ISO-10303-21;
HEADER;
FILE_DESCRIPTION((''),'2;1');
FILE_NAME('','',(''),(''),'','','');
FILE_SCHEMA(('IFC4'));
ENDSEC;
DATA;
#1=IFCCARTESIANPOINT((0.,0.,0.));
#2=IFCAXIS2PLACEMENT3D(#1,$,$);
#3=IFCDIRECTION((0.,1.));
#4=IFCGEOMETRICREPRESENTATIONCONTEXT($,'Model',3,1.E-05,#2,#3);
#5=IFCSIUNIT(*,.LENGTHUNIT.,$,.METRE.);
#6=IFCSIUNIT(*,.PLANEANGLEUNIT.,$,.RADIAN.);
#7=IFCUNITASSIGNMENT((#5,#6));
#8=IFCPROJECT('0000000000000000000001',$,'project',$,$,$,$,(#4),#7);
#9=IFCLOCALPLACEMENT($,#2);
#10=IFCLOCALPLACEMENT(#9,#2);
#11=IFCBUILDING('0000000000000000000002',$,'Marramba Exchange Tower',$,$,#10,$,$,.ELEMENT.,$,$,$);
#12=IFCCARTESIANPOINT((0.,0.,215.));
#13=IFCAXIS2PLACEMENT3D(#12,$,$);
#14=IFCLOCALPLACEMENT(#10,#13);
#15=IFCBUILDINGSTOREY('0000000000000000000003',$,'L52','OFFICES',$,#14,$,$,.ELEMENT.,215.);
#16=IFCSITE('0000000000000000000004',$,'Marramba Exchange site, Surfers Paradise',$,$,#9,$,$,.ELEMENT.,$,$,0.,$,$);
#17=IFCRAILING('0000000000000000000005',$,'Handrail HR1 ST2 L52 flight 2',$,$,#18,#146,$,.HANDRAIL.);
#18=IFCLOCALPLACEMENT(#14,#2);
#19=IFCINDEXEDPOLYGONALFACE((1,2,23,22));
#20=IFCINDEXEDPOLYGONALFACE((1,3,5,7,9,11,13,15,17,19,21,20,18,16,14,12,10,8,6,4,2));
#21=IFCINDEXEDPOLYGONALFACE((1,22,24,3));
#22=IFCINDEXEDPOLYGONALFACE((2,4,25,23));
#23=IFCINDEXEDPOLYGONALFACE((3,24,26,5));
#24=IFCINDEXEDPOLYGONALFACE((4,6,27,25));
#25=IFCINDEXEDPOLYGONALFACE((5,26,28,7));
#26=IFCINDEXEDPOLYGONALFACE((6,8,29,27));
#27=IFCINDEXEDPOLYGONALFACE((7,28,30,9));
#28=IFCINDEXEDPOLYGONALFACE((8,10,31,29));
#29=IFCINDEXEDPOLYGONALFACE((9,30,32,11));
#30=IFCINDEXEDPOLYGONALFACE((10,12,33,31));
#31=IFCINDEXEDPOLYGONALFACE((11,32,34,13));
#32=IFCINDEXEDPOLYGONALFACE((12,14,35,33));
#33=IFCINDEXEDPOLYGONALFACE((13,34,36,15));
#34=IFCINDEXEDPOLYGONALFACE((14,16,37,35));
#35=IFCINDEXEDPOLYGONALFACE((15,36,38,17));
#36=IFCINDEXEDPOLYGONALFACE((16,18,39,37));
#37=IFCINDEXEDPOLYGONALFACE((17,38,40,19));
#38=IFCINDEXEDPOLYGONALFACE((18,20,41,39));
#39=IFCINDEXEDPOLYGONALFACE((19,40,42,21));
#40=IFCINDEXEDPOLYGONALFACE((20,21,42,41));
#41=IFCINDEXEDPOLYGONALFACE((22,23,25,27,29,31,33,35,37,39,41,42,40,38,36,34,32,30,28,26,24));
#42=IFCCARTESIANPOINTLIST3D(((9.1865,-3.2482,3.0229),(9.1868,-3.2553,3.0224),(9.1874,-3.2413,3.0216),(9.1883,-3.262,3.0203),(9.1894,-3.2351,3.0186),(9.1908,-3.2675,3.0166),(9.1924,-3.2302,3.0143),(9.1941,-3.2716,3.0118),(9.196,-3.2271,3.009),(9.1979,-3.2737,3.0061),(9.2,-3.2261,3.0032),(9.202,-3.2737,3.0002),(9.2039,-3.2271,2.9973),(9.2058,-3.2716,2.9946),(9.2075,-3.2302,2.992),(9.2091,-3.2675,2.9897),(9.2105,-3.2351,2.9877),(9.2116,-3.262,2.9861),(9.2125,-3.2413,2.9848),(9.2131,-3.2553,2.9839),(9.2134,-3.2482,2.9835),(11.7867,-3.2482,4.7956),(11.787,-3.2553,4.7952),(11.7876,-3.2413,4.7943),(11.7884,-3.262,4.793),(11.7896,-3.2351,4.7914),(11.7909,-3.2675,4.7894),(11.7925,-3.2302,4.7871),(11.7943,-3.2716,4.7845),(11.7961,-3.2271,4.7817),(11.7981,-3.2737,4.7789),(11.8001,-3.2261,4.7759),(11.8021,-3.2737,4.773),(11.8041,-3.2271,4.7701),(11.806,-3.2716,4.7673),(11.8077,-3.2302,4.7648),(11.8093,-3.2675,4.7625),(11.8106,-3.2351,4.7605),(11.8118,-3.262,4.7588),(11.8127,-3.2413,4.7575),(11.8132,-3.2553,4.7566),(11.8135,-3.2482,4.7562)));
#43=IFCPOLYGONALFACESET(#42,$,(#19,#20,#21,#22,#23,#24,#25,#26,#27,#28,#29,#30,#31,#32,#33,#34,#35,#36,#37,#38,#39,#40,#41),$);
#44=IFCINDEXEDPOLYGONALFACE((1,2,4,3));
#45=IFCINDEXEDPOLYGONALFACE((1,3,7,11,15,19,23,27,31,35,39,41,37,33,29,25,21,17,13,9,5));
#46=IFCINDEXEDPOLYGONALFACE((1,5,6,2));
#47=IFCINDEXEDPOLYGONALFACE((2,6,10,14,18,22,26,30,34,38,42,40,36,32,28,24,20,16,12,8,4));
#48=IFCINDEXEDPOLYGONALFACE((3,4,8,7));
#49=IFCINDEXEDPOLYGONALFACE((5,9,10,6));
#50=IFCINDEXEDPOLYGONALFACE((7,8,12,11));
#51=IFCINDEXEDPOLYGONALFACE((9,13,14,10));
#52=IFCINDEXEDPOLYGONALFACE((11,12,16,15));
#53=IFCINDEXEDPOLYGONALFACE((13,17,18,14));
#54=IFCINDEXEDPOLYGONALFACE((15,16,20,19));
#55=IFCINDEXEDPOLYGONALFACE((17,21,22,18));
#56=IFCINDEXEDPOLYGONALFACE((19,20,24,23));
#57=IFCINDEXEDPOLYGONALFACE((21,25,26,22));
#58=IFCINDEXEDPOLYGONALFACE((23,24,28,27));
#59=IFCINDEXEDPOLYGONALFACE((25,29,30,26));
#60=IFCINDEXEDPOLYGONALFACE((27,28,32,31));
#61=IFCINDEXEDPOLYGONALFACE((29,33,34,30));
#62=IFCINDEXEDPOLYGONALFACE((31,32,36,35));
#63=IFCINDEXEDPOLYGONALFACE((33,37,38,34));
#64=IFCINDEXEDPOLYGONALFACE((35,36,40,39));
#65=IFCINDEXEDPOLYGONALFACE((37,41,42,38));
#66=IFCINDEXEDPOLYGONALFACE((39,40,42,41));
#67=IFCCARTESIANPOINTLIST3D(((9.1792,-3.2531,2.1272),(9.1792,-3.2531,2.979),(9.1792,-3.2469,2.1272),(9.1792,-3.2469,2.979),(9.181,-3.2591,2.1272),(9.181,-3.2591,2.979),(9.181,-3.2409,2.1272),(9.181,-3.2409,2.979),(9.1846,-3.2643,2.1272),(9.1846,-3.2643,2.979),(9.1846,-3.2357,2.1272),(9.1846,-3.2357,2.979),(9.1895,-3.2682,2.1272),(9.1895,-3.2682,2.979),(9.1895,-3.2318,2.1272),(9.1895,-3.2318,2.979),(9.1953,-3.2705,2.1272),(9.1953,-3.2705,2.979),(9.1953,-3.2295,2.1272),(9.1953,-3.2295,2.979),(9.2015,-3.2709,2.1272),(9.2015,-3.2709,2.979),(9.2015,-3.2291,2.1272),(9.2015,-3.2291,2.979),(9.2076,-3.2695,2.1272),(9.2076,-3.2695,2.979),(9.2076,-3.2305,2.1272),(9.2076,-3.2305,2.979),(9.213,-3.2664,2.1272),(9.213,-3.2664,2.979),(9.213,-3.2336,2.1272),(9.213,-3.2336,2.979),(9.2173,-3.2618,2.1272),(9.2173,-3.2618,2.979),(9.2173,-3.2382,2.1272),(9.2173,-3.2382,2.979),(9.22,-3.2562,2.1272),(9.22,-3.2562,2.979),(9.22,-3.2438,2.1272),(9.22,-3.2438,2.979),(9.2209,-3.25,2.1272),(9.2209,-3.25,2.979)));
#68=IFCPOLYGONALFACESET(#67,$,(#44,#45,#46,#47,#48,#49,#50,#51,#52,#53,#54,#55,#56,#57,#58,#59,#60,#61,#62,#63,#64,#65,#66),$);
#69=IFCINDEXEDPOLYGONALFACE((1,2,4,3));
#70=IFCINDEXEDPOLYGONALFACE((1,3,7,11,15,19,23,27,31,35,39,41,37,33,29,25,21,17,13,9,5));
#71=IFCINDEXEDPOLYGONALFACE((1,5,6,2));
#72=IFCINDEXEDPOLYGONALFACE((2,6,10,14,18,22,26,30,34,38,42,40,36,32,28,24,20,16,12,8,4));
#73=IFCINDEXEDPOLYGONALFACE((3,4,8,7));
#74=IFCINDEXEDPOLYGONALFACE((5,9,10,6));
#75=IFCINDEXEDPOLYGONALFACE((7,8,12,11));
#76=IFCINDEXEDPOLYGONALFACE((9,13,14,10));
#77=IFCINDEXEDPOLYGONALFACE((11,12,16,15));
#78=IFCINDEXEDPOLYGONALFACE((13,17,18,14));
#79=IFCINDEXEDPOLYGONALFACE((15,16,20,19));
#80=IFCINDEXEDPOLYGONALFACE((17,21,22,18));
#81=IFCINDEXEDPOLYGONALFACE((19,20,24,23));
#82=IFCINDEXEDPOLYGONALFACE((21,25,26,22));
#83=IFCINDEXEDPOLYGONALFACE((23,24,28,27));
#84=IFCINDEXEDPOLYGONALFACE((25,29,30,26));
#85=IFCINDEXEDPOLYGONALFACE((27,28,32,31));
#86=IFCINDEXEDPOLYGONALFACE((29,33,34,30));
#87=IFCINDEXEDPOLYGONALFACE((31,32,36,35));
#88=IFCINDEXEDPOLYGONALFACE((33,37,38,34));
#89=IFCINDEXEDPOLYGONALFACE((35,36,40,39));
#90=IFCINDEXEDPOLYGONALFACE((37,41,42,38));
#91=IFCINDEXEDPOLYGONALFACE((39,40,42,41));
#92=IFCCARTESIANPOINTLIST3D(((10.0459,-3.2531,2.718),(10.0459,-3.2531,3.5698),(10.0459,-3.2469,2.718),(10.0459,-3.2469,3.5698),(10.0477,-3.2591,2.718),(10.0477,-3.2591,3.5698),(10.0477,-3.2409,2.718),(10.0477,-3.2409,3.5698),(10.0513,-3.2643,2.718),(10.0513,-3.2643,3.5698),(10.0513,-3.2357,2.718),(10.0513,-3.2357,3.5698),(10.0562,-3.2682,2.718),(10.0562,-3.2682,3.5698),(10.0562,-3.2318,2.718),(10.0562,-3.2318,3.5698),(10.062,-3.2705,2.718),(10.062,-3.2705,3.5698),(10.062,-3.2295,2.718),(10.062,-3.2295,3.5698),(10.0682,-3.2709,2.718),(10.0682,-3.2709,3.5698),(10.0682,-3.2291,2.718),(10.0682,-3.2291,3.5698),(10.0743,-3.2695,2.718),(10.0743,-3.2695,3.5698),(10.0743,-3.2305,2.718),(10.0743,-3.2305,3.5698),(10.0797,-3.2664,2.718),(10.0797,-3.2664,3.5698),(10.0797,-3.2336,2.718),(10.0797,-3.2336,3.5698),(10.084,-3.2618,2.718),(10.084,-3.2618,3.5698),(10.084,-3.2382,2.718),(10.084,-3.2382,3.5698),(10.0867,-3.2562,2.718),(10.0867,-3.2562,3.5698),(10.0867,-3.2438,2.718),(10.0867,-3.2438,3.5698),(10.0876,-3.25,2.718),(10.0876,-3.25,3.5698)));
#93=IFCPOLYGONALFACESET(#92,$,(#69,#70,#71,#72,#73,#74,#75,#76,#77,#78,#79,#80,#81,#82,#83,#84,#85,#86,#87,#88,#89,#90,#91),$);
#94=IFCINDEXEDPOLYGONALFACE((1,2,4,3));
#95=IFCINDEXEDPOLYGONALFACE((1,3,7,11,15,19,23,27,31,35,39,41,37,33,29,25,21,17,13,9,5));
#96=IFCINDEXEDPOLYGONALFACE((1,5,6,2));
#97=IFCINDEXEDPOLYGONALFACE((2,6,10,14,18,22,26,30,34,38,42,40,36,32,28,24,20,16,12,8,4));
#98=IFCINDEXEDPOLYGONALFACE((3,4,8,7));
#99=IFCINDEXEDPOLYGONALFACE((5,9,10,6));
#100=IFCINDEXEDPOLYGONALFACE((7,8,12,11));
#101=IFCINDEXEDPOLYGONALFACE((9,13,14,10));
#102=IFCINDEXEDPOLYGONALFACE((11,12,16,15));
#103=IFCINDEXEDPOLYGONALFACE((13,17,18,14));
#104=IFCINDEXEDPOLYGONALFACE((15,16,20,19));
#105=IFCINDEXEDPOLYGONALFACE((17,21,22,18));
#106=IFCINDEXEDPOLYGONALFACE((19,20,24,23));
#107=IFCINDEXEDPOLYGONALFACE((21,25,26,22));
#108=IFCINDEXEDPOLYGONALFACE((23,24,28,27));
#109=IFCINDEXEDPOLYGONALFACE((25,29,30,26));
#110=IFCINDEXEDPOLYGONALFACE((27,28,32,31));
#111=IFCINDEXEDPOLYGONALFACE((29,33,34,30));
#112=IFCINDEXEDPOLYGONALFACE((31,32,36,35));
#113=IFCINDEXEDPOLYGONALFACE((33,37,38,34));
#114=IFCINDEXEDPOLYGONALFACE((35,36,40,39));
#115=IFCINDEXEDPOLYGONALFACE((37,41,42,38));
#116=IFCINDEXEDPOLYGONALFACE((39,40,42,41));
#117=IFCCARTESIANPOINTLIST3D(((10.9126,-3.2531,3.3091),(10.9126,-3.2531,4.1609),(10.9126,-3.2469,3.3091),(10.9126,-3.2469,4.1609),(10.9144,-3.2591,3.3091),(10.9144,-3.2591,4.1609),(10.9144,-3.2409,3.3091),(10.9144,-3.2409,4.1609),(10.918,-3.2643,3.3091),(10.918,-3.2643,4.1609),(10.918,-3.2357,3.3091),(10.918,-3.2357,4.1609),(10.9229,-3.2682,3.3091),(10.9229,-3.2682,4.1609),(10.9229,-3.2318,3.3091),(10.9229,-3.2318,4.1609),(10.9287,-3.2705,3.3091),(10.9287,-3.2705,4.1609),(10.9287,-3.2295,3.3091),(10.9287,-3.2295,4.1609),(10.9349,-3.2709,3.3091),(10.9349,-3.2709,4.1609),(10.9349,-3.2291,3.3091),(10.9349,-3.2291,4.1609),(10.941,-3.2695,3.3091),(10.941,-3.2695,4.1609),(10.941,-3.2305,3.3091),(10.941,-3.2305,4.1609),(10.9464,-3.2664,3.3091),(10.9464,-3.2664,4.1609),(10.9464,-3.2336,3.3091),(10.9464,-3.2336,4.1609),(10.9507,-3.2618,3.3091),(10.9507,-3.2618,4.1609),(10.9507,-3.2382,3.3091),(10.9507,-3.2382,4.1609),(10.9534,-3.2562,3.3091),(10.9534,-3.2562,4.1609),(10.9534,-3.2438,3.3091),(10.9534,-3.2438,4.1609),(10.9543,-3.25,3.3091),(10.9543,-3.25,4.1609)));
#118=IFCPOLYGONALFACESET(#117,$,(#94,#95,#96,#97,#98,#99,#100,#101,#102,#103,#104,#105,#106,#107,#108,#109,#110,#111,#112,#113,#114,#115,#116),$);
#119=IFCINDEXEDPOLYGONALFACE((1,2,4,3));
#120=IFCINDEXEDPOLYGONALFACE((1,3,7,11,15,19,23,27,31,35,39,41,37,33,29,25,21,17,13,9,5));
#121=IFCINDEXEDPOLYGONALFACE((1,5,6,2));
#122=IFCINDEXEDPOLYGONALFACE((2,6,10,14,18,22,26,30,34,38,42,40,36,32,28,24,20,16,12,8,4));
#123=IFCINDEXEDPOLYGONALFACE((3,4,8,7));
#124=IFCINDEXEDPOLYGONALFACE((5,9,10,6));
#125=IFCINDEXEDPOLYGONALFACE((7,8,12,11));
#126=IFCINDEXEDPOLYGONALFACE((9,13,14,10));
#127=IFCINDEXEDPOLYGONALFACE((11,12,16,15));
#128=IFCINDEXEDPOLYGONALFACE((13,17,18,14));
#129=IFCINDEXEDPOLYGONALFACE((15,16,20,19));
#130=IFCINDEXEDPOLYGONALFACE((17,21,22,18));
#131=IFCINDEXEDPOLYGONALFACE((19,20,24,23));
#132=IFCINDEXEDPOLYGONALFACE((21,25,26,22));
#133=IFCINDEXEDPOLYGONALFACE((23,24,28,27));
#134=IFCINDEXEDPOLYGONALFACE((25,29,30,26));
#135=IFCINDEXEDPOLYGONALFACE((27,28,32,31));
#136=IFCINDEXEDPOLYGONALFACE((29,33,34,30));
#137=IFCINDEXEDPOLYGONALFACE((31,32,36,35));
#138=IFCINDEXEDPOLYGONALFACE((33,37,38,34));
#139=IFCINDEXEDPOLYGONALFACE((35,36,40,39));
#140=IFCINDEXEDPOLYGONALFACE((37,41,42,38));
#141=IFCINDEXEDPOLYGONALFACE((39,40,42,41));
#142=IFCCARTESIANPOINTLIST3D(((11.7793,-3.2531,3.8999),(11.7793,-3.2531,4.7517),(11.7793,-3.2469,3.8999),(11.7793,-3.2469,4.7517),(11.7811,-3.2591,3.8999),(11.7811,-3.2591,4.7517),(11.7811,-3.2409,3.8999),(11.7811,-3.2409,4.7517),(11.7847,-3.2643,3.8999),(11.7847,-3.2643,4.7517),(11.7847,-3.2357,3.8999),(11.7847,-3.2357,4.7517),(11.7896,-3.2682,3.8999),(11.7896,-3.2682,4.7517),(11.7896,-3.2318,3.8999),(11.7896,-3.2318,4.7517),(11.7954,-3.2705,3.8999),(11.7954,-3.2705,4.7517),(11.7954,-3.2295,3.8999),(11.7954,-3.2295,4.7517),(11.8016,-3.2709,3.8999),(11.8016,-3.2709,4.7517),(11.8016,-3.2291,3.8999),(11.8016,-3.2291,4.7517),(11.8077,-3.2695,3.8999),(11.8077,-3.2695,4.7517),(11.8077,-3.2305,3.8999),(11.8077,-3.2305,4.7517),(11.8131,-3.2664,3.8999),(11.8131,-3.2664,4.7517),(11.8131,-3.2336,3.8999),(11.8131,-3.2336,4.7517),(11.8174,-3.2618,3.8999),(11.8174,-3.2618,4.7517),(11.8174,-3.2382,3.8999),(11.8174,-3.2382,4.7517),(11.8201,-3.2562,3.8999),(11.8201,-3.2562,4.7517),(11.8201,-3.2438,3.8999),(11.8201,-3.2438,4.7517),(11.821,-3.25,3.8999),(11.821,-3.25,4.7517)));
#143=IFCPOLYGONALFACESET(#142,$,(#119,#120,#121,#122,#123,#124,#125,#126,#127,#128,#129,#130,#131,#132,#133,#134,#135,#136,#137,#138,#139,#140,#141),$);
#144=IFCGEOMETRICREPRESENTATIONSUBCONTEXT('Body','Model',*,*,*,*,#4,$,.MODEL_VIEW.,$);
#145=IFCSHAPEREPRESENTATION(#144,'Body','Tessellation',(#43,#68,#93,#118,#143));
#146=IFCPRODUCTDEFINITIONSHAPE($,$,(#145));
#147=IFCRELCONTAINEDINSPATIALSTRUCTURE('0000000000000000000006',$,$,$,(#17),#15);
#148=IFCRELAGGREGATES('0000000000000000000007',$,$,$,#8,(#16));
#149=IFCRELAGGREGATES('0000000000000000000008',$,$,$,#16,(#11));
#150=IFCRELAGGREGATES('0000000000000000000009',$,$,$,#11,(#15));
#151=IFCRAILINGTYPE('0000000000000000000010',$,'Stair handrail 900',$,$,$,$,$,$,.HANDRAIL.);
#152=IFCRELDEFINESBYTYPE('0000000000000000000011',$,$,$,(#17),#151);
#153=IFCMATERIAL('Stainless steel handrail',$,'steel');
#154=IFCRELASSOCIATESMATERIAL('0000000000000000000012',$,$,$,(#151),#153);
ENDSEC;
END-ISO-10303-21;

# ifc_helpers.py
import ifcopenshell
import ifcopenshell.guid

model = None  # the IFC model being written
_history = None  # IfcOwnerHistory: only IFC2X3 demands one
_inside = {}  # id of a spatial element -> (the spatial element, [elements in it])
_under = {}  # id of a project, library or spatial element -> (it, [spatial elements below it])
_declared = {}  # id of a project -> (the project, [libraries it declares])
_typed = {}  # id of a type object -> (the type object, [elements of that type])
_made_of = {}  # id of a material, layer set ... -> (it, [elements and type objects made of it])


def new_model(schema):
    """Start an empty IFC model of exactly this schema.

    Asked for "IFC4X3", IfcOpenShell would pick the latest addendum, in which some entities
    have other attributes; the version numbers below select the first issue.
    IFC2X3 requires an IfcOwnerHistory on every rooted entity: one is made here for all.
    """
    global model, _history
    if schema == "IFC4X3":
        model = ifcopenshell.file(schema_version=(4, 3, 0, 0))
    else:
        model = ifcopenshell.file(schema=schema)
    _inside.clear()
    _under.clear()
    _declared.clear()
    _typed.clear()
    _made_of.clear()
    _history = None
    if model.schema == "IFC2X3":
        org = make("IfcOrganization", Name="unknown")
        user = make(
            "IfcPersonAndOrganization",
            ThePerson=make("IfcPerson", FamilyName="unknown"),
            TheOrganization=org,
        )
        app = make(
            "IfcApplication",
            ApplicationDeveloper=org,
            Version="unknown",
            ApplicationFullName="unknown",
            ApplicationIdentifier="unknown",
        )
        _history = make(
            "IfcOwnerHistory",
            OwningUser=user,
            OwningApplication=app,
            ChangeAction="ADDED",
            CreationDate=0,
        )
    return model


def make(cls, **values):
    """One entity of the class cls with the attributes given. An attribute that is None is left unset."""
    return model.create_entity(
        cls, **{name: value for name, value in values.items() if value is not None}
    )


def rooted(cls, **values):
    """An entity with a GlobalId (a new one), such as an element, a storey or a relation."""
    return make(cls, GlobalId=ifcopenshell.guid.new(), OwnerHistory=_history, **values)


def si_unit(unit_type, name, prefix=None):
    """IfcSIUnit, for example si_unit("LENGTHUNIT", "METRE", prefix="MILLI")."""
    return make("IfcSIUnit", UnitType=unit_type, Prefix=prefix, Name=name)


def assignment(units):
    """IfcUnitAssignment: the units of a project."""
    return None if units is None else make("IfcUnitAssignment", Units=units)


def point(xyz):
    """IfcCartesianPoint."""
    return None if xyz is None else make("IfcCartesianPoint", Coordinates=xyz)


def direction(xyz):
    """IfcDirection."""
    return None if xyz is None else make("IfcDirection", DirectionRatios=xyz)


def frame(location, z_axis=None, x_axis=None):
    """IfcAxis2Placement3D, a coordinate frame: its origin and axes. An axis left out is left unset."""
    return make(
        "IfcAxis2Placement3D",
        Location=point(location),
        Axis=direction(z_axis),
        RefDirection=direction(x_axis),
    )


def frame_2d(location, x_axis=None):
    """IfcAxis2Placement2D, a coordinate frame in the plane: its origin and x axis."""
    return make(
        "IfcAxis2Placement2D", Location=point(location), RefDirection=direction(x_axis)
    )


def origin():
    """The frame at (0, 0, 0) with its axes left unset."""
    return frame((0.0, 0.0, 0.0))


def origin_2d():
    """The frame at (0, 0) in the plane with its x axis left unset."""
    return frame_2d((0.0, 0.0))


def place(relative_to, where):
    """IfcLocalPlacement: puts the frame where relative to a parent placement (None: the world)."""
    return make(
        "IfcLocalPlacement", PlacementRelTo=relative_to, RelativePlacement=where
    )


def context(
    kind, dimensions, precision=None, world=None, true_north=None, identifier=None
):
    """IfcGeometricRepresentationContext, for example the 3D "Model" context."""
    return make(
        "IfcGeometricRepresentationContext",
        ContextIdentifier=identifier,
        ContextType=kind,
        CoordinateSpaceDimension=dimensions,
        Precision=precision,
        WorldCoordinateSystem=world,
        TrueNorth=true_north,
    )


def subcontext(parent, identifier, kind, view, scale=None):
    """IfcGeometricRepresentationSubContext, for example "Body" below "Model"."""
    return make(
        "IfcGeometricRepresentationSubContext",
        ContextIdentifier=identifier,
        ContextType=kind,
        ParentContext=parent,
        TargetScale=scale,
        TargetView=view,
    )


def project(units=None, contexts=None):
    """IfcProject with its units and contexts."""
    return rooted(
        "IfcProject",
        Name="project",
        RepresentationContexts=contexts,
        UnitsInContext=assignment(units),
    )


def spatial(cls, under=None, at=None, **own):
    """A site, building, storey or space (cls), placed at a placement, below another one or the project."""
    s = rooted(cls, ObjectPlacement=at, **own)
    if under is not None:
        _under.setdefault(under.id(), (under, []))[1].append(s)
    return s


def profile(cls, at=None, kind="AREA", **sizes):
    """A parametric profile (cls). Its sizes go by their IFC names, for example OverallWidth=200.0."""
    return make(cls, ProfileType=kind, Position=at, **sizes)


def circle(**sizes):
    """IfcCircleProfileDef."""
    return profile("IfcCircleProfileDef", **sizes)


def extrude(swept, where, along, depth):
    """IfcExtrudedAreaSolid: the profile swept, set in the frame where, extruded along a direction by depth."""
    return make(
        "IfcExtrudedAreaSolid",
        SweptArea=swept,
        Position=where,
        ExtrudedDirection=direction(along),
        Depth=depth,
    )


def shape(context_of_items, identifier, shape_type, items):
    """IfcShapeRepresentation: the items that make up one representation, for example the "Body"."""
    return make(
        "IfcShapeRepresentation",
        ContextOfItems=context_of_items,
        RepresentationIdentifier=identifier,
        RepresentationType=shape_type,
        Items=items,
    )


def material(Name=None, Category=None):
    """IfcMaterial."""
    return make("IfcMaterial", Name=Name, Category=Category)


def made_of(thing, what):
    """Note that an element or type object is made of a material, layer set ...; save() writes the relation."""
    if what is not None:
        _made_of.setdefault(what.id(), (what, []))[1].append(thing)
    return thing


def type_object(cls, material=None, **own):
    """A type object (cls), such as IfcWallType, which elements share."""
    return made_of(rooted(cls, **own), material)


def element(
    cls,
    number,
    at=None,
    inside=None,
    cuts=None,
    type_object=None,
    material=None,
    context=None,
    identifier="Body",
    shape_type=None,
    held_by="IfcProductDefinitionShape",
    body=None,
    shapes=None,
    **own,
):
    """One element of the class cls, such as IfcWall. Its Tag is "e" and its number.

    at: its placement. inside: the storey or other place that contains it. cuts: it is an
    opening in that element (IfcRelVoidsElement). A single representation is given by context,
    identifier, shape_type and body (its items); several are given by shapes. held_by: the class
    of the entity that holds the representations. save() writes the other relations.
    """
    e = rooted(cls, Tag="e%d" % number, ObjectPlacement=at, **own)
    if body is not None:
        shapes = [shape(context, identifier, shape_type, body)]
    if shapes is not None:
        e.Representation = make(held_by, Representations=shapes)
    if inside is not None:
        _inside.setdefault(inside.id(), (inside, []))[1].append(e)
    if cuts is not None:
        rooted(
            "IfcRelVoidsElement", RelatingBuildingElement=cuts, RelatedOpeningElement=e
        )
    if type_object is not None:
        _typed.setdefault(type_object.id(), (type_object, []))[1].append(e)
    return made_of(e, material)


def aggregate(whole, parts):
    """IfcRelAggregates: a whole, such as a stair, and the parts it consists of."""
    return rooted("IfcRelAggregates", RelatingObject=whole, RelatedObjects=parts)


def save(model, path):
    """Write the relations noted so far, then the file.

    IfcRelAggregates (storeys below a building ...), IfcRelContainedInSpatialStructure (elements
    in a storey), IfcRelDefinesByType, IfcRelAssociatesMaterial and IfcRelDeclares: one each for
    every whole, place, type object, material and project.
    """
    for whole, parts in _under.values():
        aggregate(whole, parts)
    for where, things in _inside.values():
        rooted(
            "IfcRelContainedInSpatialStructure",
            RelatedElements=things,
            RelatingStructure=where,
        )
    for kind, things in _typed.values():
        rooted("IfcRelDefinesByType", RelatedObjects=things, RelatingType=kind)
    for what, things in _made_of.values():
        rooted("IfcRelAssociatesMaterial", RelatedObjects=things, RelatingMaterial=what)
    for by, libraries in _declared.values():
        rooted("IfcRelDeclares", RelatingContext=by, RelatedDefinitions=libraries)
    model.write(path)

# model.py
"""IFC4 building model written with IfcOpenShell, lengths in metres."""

from ifc_helpers import new_model, si_unit, direction, frame, origin, origin_2d, place, context, subcontext, project, spatial, circle, extrude, material, type_object, element, save


model = new_model("IFC4")

# Units and contexts
model_context = context("Model", 3, precision=1e-05, world=origin(), true_north=direction((0.0, 1.0)))
body_context = subcontext(model_context, "Body", "Model", "MODEL_VIEW")
ifc_project = project(units=[si_unit("LENGTHUNIT", "METRE"), si_unit("PLANEANGLEUNIT", "RADIAN")], contexts=[model_context])

# Site, building, storey
site_placement = place(None, origin())
site = spatial("IfcSite", under=ifc_project, at=site_placement, Name="Marramba Exchange site, Surfers Paradise", CompositionType="ELEMENT", RefElevation=0.0)
building_placement = place(site_placement, origin())
building = spatial("IfcBuilding", under=site, at=building_placement, Name="Marramba Exchange Tower", CompositionType="ELEMENT")
storey_placement = place(building_placement, frame((0.0, 0.0, 215.0)))
storey = spatial("IfcBuildingStorey", under=building, at=storey_placement, Name="L52", Description="OFFICES", CompositionType="ELEMENT", Elevation=215.0)

# Railing
ifc_material_1 = material(Name="Stainless steel handrail", Category="steel")
railing_type = type_object("IfcRailingType", Name="Stair handrail 900", PredefinedType="HANDRAIL", material=ifc_material_1)
railing_placement = place(storey_placement, frame((9.2, -3.25, 2.1272)))
element("IfcRailing", 1, at=railing_placement, inside=storey, type_object=railing_type, Name="Handrail HR1 ST2 L52 flight 2", PredefinedType="HANDRAIL", context=body_context, shape_type="SweptSolid", body=[
    extrude(circle(Radius=0.0239, at=origin_2d()), frame((0.0, 0.0, 0.876), z_axis=(0.82624, 0.0, 0.563318), x_axis=(0.0, 1.0, 0.0)), (0.0, 0.0, 1.0), 3.147),
    extrude(circle(Radius=0.021, at=origin_2d()), origin(), (0.0, 0.0, 1.0), 0.8518),
    extrude(circle(Radius=0.021, at=origin_2d()), frame((0.8667, 0.0, 0.5908)), (0.0, 0.0, 1.0), 0.8518),
    extrude(circle(Radius=0.021, at=origin_2d()), frame((1.7334, 0.0, 1.1819)), (0.0, 0.0, 1.0), 0.8518),
    extrude(circle(Radius=0.021, at=origin_2d()), frame((2.6001, 0.0, 1.7727)), (0.0, 0.0, 1.0), 0.8518),
])

save(model, "model.ifc")
